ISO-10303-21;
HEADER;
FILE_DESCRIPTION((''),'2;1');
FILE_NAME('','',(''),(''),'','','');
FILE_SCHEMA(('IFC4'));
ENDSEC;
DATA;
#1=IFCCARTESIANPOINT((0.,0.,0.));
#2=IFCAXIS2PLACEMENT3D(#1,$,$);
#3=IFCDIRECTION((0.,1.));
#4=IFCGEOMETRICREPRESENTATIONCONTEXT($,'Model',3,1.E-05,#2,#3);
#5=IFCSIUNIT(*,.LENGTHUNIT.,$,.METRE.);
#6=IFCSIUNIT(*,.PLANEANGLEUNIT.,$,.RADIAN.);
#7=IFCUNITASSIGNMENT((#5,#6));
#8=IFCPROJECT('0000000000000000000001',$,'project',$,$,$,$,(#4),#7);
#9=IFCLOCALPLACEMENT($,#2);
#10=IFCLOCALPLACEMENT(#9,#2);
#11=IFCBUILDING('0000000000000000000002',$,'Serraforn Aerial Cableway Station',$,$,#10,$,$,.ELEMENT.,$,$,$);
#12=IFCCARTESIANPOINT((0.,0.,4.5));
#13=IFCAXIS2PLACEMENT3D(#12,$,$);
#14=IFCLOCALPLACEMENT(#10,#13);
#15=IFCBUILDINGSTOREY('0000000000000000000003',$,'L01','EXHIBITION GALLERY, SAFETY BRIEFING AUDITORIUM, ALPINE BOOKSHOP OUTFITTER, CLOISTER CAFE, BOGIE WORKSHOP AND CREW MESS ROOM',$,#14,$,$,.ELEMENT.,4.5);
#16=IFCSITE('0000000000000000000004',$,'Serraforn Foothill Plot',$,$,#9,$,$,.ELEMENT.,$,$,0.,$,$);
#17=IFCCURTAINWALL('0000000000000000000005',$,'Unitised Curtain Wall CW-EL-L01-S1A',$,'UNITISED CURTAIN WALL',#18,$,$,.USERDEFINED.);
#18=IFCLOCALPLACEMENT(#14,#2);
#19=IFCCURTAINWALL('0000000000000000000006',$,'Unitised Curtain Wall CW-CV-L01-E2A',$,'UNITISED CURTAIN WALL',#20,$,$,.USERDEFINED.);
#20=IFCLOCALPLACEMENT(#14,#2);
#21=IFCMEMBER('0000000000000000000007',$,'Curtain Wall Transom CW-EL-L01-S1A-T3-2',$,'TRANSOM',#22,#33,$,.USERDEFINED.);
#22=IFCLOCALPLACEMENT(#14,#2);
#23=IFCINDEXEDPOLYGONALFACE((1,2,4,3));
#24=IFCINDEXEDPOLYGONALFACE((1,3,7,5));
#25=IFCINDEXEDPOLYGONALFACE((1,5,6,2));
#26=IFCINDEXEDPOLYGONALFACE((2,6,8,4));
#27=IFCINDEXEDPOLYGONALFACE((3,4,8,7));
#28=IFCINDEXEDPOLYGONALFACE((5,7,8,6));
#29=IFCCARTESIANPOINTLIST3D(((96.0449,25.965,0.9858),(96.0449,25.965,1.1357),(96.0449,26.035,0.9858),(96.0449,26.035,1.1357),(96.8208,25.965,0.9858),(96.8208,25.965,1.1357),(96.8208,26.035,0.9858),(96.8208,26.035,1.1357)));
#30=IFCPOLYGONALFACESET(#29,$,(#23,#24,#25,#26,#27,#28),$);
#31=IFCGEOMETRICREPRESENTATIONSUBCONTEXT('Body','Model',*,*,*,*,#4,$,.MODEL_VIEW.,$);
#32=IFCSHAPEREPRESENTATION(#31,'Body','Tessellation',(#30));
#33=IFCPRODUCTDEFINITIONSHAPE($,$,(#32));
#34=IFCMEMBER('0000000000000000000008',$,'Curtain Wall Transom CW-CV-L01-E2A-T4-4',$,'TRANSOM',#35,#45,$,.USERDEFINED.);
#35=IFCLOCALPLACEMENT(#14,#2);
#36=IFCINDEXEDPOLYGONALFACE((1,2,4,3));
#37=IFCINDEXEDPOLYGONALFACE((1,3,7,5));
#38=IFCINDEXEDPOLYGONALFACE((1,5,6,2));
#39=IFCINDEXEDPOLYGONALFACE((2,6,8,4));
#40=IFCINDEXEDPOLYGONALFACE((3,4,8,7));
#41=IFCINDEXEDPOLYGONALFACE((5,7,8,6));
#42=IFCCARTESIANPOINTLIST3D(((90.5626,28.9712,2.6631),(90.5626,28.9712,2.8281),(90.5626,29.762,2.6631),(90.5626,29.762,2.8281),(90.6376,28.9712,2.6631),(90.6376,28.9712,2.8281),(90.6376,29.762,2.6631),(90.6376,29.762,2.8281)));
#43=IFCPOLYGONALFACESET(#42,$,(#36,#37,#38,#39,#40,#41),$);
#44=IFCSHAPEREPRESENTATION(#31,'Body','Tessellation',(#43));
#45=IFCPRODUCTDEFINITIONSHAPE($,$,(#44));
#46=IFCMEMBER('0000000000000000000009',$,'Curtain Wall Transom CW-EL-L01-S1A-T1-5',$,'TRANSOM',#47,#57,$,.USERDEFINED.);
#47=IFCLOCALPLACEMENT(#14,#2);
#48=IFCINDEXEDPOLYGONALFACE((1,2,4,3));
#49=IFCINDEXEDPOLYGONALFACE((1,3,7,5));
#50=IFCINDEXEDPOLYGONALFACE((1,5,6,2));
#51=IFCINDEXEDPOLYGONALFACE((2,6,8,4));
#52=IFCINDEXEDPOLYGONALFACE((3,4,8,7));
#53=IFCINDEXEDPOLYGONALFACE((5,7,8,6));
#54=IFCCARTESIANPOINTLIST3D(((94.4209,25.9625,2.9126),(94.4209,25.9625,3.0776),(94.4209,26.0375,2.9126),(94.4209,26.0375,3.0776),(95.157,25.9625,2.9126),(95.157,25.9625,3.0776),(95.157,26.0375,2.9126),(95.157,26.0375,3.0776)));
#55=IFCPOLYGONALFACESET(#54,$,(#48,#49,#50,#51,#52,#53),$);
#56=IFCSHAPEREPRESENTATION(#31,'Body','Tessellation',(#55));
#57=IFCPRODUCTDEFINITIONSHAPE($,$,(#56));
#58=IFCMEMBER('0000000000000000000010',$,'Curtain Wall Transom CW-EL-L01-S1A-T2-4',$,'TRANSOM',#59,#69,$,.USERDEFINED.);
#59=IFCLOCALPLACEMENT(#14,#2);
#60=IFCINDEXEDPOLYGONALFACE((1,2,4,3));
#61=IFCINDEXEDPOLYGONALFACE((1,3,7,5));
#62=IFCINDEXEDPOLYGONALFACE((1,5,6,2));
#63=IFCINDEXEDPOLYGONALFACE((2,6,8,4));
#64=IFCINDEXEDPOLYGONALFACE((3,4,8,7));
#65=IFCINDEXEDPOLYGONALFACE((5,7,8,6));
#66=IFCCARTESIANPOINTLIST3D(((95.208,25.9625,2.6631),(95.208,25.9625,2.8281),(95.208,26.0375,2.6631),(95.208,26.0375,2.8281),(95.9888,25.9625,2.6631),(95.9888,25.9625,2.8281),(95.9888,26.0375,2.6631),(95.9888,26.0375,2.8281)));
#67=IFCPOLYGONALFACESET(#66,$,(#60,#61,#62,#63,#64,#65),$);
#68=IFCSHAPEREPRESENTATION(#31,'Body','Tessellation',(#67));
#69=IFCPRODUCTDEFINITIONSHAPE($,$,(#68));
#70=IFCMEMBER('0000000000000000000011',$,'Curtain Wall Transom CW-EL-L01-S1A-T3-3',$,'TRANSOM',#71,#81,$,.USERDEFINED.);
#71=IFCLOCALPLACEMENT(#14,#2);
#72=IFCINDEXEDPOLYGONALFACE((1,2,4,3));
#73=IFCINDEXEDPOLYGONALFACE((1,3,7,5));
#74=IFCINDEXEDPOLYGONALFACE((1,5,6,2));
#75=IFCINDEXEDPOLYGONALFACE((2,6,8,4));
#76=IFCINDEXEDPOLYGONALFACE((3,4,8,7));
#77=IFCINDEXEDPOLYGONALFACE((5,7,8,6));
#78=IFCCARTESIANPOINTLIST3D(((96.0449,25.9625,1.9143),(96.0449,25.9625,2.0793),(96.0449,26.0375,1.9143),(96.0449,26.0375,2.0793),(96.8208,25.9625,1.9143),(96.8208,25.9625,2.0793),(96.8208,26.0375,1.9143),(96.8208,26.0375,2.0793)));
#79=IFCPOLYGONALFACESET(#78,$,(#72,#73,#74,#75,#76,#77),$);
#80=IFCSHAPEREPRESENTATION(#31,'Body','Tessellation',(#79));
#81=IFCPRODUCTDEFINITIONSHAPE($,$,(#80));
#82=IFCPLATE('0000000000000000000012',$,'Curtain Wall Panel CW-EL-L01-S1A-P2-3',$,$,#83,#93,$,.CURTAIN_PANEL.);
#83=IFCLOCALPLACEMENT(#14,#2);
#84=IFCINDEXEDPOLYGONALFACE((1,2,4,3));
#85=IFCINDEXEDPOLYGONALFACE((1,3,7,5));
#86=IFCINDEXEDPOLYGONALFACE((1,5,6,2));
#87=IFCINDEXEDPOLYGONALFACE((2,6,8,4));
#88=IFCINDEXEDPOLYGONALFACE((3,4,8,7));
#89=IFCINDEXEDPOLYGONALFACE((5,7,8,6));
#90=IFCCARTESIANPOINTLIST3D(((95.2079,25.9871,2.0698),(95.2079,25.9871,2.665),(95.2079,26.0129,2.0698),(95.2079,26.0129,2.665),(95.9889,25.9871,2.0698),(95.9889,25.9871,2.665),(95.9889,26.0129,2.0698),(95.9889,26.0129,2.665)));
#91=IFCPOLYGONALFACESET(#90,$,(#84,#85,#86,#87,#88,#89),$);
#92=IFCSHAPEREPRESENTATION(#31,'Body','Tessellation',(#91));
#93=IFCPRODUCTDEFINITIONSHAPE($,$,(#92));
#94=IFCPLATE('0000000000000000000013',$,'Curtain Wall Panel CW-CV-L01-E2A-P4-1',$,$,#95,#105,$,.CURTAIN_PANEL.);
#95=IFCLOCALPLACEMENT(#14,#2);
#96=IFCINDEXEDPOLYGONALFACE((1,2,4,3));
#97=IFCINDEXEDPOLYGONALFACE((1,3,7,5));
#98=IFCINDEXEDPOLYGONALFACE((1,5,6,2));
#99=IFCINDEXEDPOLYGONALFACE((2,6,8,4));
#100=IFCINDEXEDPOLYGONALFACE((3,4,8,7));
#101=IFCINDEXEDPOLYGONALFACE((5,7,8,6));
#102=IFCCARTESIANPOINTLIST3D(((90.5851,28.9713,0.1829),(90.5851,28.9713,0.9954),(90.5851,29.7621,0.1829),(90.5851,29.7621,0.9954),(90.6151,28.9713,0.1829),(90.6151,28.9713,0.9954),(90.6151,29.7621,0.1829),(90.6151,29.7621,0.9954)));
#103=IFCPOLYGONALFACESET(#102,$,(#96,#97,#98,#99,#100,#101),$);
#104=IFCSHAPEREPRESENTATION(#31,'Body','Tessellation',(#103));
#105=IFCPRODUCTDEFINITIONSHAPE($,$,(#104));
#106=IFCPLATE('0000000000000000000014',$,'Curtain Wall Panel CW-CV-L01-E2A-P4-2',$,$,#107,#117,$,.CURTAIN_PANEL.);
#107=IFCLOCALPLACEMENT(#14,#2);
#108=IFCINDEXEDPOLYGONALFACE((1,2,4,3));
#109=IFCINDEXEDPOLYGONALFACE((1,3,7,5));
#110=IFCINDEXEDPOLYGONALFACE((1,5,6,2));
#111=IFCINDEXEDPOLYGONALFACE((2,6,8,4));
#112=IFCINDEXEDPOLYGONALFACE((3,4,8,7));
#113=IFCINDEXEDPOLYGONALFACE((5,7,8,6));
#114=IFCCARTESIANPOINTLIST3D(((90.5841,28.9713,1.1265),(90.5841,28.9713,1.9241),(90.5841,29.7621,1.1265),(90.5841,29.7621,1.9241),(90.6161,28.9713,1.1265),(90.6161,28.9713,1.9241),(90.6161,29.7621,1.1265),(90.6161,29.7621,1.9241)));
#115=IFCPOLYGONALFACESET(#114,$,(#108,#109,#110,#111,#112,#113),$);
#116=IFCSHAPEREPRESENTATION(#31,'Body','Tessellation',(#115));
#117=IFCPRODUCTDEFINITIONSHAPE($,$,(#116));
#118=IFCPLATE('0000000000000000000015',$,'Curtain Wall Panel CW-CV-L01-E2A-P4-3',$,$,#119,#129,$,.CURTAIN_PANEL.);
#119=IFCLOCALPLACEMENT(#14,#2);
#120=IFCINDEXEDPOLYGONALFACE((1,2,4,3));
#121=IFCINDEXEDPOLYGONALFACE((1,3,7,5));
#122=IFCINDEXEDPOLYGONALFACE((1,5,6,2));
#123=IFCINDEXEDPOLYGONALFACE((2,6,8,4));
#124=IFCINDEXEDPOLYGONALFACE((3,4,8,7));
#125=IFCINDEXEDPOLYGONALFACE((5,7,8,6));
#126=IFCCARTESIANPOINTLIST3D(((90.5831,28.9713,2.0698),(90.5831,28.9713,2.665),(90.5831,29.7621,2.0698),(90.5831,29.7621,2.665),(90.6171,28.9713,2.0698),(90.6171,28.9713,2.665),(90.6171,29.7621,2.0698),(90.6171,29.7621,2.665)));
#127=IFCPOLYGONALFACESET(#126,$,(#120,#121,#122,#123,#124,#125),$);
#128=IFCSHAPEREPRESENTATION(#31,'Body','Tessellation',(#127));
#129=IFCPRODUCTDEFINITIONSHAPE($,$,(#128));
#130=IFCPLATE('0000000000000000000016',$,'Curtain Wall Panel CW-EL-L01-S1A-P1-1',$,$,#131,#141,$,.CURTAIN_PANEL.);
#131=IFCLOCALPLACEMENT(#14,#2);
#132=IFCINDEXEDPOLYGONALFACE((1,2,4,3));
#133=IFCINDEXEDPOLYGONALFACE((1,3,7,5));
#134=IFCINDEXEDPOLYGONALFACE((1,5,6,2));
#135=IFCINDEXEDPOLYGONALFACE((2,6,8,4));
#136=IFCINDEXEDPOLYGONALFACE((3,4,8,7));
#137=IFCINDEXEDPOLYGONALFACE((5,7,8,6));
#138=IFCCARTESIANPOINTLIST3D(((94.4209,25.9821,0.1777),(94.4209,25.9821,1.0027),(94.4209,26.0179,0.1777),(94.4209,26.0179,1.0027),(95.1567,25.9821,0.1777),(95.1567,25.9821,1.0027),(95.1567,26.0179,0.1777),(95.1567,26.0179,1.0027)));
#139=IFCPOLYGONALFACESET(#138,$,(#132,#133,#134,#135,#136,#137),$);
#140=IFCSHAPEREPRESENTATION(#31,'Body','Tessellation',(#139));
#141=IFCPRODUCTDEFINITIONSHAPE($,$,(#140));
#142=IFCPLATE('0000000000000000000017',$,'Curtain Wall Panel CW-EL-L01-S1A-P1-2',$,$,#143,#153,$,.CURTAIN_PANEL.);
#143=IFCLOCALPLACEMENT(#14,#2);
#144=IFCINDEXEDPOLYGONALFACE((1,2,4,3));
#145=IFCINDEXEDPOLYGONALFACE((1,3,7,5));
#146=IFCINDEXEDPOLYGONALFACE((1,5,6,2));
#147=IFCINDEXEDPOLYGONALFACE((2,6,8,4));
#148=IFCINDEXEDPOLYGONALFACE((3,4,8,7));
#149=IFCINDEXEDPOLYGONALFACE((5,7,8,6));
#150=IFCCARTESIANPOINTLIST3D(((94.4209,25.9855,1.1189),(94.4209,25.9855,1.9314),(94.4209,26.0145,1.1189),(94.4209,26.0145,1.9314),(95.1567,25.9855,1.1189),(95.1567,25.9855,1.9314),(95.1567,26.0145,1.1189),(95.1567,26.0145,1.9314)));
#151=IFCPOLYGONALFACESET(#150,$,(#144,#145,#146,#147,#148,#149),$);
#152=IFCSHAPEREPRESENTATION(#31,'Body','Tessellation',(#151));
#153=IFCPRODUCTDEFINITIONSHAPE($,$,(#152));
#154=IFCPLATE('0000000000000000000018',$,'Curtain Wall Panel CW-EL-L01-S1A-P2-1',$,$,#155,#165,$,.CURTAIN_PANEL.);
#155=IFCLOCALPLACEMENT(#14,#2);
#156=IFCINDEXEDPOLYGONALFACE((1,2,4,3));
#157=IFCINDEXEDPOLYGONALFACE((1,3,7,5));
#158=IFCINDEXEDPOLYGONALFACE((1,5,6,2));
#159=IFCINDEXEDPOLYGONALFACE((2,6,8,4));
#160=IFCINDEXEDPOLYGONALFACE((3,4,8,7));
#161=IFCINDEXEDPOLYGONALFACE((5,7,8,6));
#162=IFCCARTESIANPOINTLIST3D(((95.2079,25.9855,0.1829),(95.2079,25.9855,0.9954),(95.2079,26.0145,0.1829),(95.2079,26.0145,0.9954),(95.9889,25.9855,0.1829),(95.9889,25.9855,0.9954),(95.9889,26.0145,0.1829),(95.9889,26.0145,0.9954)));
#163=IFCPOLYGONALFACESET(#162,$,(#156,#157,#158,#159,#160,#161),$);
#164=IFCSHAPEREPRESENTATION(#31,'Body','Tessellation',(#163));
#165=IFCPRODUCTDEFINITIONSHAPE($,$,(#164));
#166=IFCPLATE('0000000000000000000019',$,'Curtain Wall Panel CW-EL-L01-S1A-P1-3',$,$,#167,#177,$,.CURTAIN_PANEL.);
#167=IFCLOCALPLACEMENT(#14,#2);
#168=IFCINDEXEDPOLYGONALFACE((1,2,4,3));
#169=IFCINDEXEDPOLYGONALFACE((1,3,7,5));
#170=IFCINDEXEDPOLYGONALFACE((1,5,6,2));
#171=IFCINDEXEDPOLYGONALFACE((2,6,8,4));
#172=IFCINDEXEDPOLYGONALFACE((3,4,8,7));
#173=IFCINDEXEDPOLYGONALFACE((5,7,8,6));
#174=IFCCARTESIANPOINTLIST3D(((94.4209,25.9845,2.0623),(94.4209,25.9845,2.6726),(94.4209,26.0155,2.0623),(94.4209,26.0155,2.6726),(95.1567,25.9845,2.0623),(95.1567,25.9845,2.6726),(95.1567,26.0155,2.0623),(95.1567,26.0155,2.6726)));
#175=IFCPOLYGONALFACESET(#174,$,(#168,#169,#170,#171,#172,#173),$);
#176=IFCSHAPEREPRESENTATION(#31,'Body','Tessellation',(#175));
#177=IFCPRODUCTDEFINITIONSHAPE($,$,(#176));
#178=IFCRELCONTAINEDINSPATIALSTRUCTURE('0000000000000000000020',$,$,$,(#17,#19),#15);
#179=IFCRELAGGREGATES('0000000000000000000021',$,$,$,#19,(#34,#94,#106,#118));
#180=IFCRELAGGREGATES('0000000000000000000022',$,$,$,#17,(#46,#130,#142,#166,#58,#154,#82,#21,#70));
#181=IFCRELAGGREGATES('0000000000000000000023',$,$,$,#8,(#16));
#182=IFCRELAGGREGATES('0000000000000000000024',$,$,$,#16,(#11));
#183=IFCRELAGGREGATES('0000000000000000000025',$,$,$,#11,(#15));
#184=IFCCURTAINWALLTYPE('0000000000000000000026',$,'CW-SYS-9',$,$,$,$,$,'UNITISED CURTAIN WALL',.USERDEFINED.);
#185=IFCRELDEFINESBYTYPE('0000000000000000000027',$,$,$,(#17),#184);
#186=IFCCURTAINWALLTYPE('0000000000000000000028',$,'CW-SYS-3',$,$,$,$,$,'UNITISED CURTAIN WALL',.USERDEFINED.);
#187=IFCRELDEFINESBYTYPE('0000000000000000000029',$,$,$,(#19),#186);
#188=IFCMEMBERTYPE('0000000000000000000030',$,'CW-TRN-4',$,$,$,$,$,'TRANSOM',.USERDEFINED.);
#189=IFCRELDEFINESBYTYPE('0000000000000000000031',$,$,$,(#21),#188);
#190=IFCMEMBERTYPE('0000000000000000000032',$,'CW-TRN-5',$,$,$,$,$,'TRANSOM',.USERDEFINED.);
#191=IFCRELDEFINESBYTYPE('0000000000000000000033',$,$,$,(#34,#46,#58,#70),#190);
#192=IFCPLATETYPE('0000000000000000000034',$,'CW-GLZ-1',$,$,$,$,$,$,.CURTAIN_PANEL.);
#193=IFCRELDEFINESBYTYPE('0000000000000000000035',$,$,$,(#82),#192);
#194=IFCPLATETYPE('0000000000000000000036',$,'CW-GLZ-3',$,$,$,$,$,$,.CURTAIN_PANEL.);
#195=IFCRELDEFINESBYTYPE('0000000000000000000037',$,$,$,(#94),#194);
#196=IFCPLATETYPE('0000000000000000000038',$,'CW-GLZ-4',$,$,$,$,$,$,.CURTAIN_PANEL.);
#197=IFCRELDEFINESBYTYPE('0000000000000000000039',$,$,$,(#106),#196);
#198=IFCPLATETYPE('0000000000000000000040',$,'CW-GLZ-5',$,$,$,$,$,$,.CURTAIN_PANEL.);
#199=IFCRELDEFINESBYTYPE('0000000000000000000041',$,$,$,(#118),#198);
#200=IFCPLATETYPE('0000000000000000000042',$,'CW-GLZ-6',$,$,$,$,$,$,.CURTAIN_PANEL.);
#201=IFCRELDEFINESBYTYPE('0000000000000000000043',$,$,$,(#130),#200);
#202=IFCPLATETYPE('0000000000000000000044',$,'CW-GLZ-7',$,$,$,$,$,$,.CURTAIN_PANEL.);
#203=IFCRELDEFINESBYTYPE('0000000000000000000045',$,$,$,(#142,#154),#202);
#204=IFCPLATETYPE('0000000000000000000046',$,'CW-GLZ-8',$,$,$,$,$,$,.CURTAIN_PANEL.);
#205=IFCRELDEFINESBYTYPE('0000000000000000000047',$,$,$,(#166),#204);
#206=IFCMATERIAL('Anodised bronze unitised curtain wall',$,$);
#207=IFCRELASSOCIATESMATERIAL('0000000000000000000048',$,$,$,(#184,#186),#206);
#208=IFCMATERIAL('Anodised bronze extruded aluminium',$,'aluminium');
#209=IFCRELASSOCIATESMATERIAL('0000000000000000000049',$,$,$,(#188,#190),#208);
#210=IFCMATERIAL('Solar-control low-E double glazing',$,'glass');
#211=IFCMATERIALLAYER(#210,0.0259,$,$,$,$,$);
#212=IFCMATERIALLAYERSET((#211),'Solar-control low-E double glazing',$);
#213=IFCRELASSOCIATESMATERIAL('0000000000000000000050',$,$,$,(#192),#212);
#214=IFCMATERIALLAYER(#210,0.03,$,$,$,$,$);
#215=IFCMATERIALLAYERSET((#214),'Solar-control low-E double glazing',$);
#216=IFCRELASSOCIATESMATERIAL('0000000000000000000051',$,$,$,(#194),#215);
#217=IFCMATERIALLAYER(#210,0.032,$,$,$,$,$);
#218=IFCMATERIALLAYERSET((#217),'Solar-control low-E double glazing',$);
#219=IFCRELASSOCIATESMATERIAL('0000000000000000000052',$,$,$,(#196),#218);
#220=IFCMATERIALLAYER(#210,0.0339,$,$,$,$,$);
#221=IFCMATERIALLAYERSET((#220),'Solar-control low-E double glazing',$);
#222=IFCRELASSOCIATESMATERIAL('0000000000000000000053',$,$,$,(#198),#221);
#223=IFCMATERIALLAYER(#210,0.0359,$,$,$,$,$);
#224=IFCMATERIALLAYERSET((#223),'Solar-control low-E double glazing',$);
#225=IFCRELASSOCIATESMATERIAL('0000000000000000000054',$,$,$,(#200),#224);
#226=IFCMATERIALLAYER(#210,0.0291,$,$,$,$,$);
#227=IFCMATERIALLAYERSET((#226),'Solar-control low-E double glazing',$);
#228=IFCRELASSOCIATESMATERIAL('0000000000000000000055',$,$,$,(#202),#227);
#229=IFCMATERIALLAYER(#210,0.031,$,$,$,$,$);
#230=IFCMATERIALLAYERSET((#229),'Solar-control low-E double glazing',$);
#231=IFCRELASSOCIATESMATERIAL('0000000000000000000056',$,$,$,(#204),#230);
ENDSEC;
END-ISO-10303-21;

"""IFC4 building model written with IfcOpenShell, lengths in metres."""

from ifc_helpers import new_model, si_unit, direction, frame, origin, origin_2d, place, context, subcontext, project, spatial, rectangle, extrude, material, layer, layer_set, material_profile, profile_set, type_object, element, aggregate, save


model = new_model("IFC4")

# Units and contexts
model_context = context("Model", 3, precision=1e-05, world=origin(), true_north=direction((0.0, 1.0)))
body_context = subcontext(model_context, "Body", "Model", "MODEL_VIEW")
ifc_project = project(units=[si_unit("LENGTHUNIT", "METRE"), si_unit("PLANEANGLEUNIT", "RADIAN")], contexts=[model_context])

# Site, building, storey
site_placement = place(None, origin())
site = spatial("IfcSite", under=ifc_project, at=site_placement, Name="Serraforn Foothill Plot", CompositionType="ELEMENT", RefElevation=0.0)
building_placement = place(site_placement, origin())
building = spatial("IfcBuilding", under=site, at=building_placement, Name="Serraforn Aerial Cableway Station", CompositionType="ELEMENT")
storey_placement = place(building_placement, frame((0.0, 0.0, 4.5)))
storey = spatial("IfcBuildingStorey", under=building, at=storey_placement, Name="L01", Description="EXHIBITION GALLERY, SAFETY BRIEFING AUDITORIUM, ALPINE BOOKSHOP OUTFITTER, CLOISTER CAFE, BOGIE WORKSHOP AND CREW MESS ROOM", CompositionType="ELEMENT", Elevation=4.5)

# Curtain wall
ifc_material_1 = material(Name="Anodised bronze unitised curtain wall")
curtain_wall_type_1 = type_object("IfcCurtainWallType", Name="CW-SYS-9", ElementType="UNITISED CURTAIN WALL", PredefinedType="USERDEFINED", material=ifc_material_1)
curtain_wall_1_placement = place(storey_placement, origin())
curtain_wall_1 = element("IfcCurtainWall", 1, at=curtain_wall_1_placement, inside=storey, type_object=curtain_wall_type_1, Name="Unitised Curtain Wall CW-EL-L01-S1A", ObjectType="UNITISED CURTAIN WALL", PredefinedType="USERDEFINED")
ifc_material_2 = material(Name="Anodised bronze extruded aluminium", Category="aluminium")

# Curtain wall
curtain_wall_type_2 = type_object("IfcCurtainWallType", Name="CW-SYS-3", ElementType="UNITISED CURTAIN WALL", PredefinedType="USERDEFINED", material=ifc_material_1)
curtain_wall_2_placement = place(storey_placement, origin())
curtain_wall_2 = element("IfcCurtainWall", 2, at=curtain_wall_2_placement, inside=storey, type_object=curtain_wall_type_2, Name="Unitised Curtain Wall CW-CV-L01-E2A", ObjectType="UNITISED CURTAIN WALL", PredefinedType="USERDEFINED")

# Members
ifc_material_profile_1 = material_profile(ifc_material_2, rectangle(XDim=0.0701, YDim=0.1499, at=origin_2d()), Name="CW TRANSOM 70x150")
ifc_profile_set_1 = profile_set([ifc_material_profile_1], Name="Anodised bronze extruded aluminium")
member_type_1 = type_object("IfcMemberType", Name="CW-TRN-4", ElementType="TRANSOM", PredefinedType="USERDEFINED", material=ifc_profile_set_1)
member_1_placement = place(storey_placement, frame((96.0449, 26.0, 1.0608), z_axis=(1.0, 0.0, 0.0), x_axis=(0.0, 1.0, 0.0)))
member_1 = element("IfcMember", 3, at=member_1_placement, type_object=member_type_1, Name="Curtain Wall Transom CW-EL-L01-S1A-T3-2", ObjectType="TRANSOM", PredefinedType="USERDEFINED", context=body_context, shape_type="SweptSolid", body=[
    extrude(rectangle(XDim=0.0701, YDim=0.1499, at=origin_2d()), origin(), (0.0, 0.0, 1.0), 0.7759),
])
ifc_material_profile_2 = material_profile(ifc_material_2, rectangle(XDim=0.075, YDim=0.165, at=origin_2d()), Name="CW TRANSOM 75x165")
ifc_profile_set_2 = profile_set([ifc_material_profile_2], Name="Anodised bronze extruded aluminium")
member_type_2 = type_object("IfcMemberType", Name="CW-TRN-5", ElementType="TRANSOM", PredefinedType="USERDEFINED", material=ifc_profile_set_2)
member_2_placement = place(storey_placement, frame((90.6001, 28.9712, 2.7456), z_axis=(0.0, 1.0, 0.0), x_axis=(-1.0, 0.0, 0.0)))
member_2 = element("IfcMember", 4, at=member_2_placement, type_object=member_type_2, Name="Curtain Wall Transom CW-CV-L01-E2A-T4-4", ObjectType="TRANSOM", PredefinedType="USERDEFINED", context=body_context, shape_type="SweptSolid", body=[
    extrude(rectangle(XDim=0.075, YDim=0.165, at=origin_2d()), origin(), (0.0, 0.0, 1.0), 0.7908),
])
member_3_placement = place(storey_placement, frame((94.4209, 26.0, 2.9951), z_axis=(1.0, 0.0, 0.0), x_axis=(0.0, 1.0, 0.0)))
member_3 = element("IfcMember", 5, at=member_3_placement, type_object=member_type_2, Name="Curtain Wall Transom CW-EL-L01-S1A-T1-5", ObjectType="TRANSOM", PredefinedType="USERDEFINED", context=body_context, shape_type="SweptSolid", body=[
    extrude(rectangle(XDim=0.075, YDim=0.165, at=origin_2d()), origin(), (0.0, 0.0, 1.0), 0.7361),
])
member_4_placement = place(storey_placement, frame((95.208, 26.0, 2.7456), z_axis=(1.0, 0.0, 0.0), x_axis=(0.0, 1.0, 0.0)))
member_4 = element("IfcMember", 6, at=member_4_placement, type_object=member_type_2, Name="Curtain Wall Transom CW-EL-L01-S1A-T2-4", ObjectType="TRANSOM", PredefinedType="USERDEFINED", context=body_context, shape_type="SweptSolid", body=[
    extrude(rectangle(XDim=0.075, YDim=0.165, at=origin_2d()), origin(), (0.0, 0.0, 1.0), 0.7808),
])
member_5_placement = place(storey_placement, frame((96.0449, 26.0, 1.9968), z_axis=(1.0, 0.0, 0.0), x_axis=(0.0, 1.0, 0.0)))
member_5 = element("IfcMember", 7, at=member_5_placement, type_object=member_type_2, Name="Curtain Wall Transom CW-EL-L01-S1A-T3-3", ObjectType="TRANSOM", PredefinedType="USERDEFINED", context=body_context, shape_type="SweptSolid", body=[
    extrude(rectangle(XDim=0.075, YDim=0.165, at=origin_2d()), origin(), (0.0, 0.0, 1.0), 0.7759),
])

# Plates
ifc_material_3 = material(Name="Solar-control low-E double glazing", Category="glass")
ifc_layer_1 = layer(ifc_material_3, 0.0259)
ifc_layer_set_1 = layer_set([ifc_layer_1], Name="Solar-control low-E double glazing")
plate_type_1 = type_object("IfcPlateType", Name="CW-GLZ-1", PredefinedType="CURTAIN_PANEL", material=ifc_layer_set_1)
plate_1_placement = place(storey_placement, frame((95.5984, 26.0, 2.0698), z_axis=(0.0, 0.0, 1.0), x_axis=(1.0, 0.0, 0.0)))
plate_1 = element("IfcPlate", 8, at=plate_1_placement, type_object=plate_type_1, Name="Curtain Wall Panel CW-EL-L01-S1A-P2-3", PredefinedType="CURTAIN_PANEL", context=body_context, shape_type="SweptSolid", body=[
    extrude(rectangle(XDim=0.781, YDim=0.0259, at=origin_2d()), origin(), (0.0, 0.0, 1.0), 0.5952),
])
ifc_layer_2 = layer(ifc_material_3, 0.03)
ifc_layer_set_2 = layer_set([ifc_layer_2], Name="Solar-control low-E double glazing")
plate_type_2 = type_object("IfcPlateType", Name="CW-GLZ-3", PredefinedType="CURTAIN_PANEL", material=ifc_layer_set_2)
plate_2_placement = place(storey_placement, frame((90.6001, 29.3667, 0.1829), z_axis=(0.0, 0.0, 1.0), x_axis=(1.0, 0.0, 0.0)))
plate_2 = element("IfcPlate", 9, at=plate_2_placement, type_object=plate_type_2, Name="Curtain Wall Panel CW-CV-L01-E2A-P4-1", PredefinedType="CURTAIN_PANEL", context=body_context, shape_type="SweptSolid", body=[
    extrude(rectangle(XDim=0.03, YDim=0.7908, at=origin_2d()), origin(), (0.0, 0.0, 1.0), 0.8125),
])
ifc_layer_3 = layer(ifc_material_3, 0.032)
ifc_layer_set_3 = layer_set([ifc_layer_3], Name="Solar-control low-E double glazing")
plate_type_3 = type_object("IfcPlateType", Name="CW-GLZ-4", PredefinedType="CURTAIN_PANEL", material=ifc_layer_set_3)
plate_3_placement = place(storey_placement, frame((90.6001, 29.3667, 1.1265), z_axis=(0.0, 0.0, 1.0), x_axis=(1.0, 0.0, 0.0)))
plate_3 = element("IfcPlate", 10, at=plate_3_placement, type_object=plate_type_3, Name="Curtain Wall Panel CW-CV-L01-E2A-P4-2", PredefinedType="CURTAIN_PANEL", context=body_context, shape_type="SweptSolid", body=[
    extrude(rectangle(XDim=0.032, YDim=0.7908, at=origin_2d()), origin(), (0.0, 0.0, 1.0), 0.7976),
])
ifc_layer_4 = layer(ifc_material_3, 0.0339)
ifc_layer_set_4 = layer_set([ifc_layer_4], Name="Solar-control low-E double glazing")
plate_type_4 = type_object("IfcPlateType", Name="CW-GLZ-5", PredefinedType="CURTAIN_PANEL", material=ifc_layer_set_4)
plate_4_placement = place(storey_placement, frame((90.6001, 29.3667, 2.0698), z_axis=(0.0, 0.0, 1.0), x_axis=(1.0, 0.0, 0.0)))
plate_4 = element("IfcPlate", 11, at=plate_4_placement, type_object=plate_type_4, Name="Curtain Wall Panel CW-CV-L01-E2A-P4-3", PredefinedType="CURTAIN_PANEL", context=body_context, shape_type="SweptSolid", body=[
    extrude(rectangle(XDim=0.0339, YDim=0.7908, at=origin_2d()), origin(), (0.0, 0.0, 1.0), 0.5952),
])
aggregate(curtain_wall_2, [member_2, plate_2, plate_3, plate_4])
ifc_layer_5 = layer(ifc_material_3, 0.0359)
ifc_layer_set_5 = layer_set([ifc_layer_5], Name="Solar-control low-E double glazing")
plate_type_5 = type_object("IfcPlateType", Name="CW-GLZ-6", PredefinedType="CURTAIN_PANEL", material=ifc_layer_set_5)
plate_5_placement = place(storey_placement, frame((94.7888, 26.0, 0.1777), z_axis=(0.0, 0.0, 1.0), x_axis=(1.0, 0.0, 0.0)))
plate_5 = element("IfcPlate", 12, at=plate_5_placement, type_object=plate_type_5, Name="Curtain Wall Panel CW-EL-L01-S1A-P1-1", PredefinedType="CURTAIN_PANEL", context=body_context, shape_type="SweptSolid", body=[
    extrude(rectangle(XDim=0.7358, YDim=0.0359, at=origin_2d()), origin(), (0.0, 0.0, 1.0), 0.825),
])
ifc_layer_6 = layer(ifc_material_3, 0.0291)
ifc_layer_set_6 = layer_set([ifc_layer_6], Name="Solar-control low-E double glazing")
plate_type_6 = type_object("IfcPlateType", Name="CW-GLZ-7", PredefinedType="CURTAIN_PANEL", material=ifc_layer_set_6)
plate_6_placement = place(storey_placement, frame((94.7888, 26.0, 1.1189), z_axis=(0.0, 0.0, 1.0), x_axis=(1.0, 0.0, 0.0)))
plate_6 = element("IfcPlate", 13, at=plate_6_placement, type_object=plate_type_6, Name="Curtain Wall Panel CW-EL-L01-S1A-P1-2", PredefinedType="CURTAIN_PANEL", context=body_context, shape_type="SweptSolid", body=[
    extrude(rectangle(XDim=0.7358, YDim=0.0291, at=origin_2d()), origin(), (0.0, 0.0, 1.0), 0.8125),
])
plate_7_placement = place(storey_placement, frame((95.5984, 26.0, 0.1829), z_axis=(0.0, 0.0, 1.0), x_axis=(1.0, 0.0, 0.0)))
plate_7 = element("IfcPlate", 14, at=plate_7_placement, type_object=plate_type_6, Name="Curtain Wall Panel CW-EL-L01-S1A-P2-1", PredefinedType="CURTAIN_PANEL", context=body_context, shape_type="SweptSolid", body=[
    extrude(rectangle(XDim=0.781, YDim=0.0291, at=origin_2d()), origin(), (0.0, 0.0, 1.0), 0.8125),
])
ifc_layer_7 = layer(ifc_material_3, 0.031)
ifc_layer_set_7 = layer_set([ifc_layer_7], Name="Solar-control low-E double glazing")
plate_type_7 = type_object("IfcPlateType", Name="CW-GLZ-8", PredefinedType="CURTAIN_PANEL", material=ifc_layer_set_7)
plate_8_placement = place(storey_placement, frame((94.7888, 26.0, 2.0623), z_axis=(0.0, 0.0, 1.0), x_axis=(1.0, 0.0, 0.0)))
plate_8 = element("IfcPlate", 15, at=plate_8_placement, type_object=plate_type_7, Name="Curtain Wall Panel CW-EL-L01-S1A-P1-3", PredefinedType="CURTAIN_PANEL", context=body_context, shape_type="SweptSolid", body=[
    extrude(rectangle(XDim=0.7358, YDim=0.031, at=origin_2d()), origin(), (0.0, 0.0, 1.0), 0.6104),
])
aggregate(curtain_wall_1, [member_3, plate_5, plate_6, plate_8, member_4, plate_7, plate_1, member_1, member_5])

save(model, "model.ifc")
